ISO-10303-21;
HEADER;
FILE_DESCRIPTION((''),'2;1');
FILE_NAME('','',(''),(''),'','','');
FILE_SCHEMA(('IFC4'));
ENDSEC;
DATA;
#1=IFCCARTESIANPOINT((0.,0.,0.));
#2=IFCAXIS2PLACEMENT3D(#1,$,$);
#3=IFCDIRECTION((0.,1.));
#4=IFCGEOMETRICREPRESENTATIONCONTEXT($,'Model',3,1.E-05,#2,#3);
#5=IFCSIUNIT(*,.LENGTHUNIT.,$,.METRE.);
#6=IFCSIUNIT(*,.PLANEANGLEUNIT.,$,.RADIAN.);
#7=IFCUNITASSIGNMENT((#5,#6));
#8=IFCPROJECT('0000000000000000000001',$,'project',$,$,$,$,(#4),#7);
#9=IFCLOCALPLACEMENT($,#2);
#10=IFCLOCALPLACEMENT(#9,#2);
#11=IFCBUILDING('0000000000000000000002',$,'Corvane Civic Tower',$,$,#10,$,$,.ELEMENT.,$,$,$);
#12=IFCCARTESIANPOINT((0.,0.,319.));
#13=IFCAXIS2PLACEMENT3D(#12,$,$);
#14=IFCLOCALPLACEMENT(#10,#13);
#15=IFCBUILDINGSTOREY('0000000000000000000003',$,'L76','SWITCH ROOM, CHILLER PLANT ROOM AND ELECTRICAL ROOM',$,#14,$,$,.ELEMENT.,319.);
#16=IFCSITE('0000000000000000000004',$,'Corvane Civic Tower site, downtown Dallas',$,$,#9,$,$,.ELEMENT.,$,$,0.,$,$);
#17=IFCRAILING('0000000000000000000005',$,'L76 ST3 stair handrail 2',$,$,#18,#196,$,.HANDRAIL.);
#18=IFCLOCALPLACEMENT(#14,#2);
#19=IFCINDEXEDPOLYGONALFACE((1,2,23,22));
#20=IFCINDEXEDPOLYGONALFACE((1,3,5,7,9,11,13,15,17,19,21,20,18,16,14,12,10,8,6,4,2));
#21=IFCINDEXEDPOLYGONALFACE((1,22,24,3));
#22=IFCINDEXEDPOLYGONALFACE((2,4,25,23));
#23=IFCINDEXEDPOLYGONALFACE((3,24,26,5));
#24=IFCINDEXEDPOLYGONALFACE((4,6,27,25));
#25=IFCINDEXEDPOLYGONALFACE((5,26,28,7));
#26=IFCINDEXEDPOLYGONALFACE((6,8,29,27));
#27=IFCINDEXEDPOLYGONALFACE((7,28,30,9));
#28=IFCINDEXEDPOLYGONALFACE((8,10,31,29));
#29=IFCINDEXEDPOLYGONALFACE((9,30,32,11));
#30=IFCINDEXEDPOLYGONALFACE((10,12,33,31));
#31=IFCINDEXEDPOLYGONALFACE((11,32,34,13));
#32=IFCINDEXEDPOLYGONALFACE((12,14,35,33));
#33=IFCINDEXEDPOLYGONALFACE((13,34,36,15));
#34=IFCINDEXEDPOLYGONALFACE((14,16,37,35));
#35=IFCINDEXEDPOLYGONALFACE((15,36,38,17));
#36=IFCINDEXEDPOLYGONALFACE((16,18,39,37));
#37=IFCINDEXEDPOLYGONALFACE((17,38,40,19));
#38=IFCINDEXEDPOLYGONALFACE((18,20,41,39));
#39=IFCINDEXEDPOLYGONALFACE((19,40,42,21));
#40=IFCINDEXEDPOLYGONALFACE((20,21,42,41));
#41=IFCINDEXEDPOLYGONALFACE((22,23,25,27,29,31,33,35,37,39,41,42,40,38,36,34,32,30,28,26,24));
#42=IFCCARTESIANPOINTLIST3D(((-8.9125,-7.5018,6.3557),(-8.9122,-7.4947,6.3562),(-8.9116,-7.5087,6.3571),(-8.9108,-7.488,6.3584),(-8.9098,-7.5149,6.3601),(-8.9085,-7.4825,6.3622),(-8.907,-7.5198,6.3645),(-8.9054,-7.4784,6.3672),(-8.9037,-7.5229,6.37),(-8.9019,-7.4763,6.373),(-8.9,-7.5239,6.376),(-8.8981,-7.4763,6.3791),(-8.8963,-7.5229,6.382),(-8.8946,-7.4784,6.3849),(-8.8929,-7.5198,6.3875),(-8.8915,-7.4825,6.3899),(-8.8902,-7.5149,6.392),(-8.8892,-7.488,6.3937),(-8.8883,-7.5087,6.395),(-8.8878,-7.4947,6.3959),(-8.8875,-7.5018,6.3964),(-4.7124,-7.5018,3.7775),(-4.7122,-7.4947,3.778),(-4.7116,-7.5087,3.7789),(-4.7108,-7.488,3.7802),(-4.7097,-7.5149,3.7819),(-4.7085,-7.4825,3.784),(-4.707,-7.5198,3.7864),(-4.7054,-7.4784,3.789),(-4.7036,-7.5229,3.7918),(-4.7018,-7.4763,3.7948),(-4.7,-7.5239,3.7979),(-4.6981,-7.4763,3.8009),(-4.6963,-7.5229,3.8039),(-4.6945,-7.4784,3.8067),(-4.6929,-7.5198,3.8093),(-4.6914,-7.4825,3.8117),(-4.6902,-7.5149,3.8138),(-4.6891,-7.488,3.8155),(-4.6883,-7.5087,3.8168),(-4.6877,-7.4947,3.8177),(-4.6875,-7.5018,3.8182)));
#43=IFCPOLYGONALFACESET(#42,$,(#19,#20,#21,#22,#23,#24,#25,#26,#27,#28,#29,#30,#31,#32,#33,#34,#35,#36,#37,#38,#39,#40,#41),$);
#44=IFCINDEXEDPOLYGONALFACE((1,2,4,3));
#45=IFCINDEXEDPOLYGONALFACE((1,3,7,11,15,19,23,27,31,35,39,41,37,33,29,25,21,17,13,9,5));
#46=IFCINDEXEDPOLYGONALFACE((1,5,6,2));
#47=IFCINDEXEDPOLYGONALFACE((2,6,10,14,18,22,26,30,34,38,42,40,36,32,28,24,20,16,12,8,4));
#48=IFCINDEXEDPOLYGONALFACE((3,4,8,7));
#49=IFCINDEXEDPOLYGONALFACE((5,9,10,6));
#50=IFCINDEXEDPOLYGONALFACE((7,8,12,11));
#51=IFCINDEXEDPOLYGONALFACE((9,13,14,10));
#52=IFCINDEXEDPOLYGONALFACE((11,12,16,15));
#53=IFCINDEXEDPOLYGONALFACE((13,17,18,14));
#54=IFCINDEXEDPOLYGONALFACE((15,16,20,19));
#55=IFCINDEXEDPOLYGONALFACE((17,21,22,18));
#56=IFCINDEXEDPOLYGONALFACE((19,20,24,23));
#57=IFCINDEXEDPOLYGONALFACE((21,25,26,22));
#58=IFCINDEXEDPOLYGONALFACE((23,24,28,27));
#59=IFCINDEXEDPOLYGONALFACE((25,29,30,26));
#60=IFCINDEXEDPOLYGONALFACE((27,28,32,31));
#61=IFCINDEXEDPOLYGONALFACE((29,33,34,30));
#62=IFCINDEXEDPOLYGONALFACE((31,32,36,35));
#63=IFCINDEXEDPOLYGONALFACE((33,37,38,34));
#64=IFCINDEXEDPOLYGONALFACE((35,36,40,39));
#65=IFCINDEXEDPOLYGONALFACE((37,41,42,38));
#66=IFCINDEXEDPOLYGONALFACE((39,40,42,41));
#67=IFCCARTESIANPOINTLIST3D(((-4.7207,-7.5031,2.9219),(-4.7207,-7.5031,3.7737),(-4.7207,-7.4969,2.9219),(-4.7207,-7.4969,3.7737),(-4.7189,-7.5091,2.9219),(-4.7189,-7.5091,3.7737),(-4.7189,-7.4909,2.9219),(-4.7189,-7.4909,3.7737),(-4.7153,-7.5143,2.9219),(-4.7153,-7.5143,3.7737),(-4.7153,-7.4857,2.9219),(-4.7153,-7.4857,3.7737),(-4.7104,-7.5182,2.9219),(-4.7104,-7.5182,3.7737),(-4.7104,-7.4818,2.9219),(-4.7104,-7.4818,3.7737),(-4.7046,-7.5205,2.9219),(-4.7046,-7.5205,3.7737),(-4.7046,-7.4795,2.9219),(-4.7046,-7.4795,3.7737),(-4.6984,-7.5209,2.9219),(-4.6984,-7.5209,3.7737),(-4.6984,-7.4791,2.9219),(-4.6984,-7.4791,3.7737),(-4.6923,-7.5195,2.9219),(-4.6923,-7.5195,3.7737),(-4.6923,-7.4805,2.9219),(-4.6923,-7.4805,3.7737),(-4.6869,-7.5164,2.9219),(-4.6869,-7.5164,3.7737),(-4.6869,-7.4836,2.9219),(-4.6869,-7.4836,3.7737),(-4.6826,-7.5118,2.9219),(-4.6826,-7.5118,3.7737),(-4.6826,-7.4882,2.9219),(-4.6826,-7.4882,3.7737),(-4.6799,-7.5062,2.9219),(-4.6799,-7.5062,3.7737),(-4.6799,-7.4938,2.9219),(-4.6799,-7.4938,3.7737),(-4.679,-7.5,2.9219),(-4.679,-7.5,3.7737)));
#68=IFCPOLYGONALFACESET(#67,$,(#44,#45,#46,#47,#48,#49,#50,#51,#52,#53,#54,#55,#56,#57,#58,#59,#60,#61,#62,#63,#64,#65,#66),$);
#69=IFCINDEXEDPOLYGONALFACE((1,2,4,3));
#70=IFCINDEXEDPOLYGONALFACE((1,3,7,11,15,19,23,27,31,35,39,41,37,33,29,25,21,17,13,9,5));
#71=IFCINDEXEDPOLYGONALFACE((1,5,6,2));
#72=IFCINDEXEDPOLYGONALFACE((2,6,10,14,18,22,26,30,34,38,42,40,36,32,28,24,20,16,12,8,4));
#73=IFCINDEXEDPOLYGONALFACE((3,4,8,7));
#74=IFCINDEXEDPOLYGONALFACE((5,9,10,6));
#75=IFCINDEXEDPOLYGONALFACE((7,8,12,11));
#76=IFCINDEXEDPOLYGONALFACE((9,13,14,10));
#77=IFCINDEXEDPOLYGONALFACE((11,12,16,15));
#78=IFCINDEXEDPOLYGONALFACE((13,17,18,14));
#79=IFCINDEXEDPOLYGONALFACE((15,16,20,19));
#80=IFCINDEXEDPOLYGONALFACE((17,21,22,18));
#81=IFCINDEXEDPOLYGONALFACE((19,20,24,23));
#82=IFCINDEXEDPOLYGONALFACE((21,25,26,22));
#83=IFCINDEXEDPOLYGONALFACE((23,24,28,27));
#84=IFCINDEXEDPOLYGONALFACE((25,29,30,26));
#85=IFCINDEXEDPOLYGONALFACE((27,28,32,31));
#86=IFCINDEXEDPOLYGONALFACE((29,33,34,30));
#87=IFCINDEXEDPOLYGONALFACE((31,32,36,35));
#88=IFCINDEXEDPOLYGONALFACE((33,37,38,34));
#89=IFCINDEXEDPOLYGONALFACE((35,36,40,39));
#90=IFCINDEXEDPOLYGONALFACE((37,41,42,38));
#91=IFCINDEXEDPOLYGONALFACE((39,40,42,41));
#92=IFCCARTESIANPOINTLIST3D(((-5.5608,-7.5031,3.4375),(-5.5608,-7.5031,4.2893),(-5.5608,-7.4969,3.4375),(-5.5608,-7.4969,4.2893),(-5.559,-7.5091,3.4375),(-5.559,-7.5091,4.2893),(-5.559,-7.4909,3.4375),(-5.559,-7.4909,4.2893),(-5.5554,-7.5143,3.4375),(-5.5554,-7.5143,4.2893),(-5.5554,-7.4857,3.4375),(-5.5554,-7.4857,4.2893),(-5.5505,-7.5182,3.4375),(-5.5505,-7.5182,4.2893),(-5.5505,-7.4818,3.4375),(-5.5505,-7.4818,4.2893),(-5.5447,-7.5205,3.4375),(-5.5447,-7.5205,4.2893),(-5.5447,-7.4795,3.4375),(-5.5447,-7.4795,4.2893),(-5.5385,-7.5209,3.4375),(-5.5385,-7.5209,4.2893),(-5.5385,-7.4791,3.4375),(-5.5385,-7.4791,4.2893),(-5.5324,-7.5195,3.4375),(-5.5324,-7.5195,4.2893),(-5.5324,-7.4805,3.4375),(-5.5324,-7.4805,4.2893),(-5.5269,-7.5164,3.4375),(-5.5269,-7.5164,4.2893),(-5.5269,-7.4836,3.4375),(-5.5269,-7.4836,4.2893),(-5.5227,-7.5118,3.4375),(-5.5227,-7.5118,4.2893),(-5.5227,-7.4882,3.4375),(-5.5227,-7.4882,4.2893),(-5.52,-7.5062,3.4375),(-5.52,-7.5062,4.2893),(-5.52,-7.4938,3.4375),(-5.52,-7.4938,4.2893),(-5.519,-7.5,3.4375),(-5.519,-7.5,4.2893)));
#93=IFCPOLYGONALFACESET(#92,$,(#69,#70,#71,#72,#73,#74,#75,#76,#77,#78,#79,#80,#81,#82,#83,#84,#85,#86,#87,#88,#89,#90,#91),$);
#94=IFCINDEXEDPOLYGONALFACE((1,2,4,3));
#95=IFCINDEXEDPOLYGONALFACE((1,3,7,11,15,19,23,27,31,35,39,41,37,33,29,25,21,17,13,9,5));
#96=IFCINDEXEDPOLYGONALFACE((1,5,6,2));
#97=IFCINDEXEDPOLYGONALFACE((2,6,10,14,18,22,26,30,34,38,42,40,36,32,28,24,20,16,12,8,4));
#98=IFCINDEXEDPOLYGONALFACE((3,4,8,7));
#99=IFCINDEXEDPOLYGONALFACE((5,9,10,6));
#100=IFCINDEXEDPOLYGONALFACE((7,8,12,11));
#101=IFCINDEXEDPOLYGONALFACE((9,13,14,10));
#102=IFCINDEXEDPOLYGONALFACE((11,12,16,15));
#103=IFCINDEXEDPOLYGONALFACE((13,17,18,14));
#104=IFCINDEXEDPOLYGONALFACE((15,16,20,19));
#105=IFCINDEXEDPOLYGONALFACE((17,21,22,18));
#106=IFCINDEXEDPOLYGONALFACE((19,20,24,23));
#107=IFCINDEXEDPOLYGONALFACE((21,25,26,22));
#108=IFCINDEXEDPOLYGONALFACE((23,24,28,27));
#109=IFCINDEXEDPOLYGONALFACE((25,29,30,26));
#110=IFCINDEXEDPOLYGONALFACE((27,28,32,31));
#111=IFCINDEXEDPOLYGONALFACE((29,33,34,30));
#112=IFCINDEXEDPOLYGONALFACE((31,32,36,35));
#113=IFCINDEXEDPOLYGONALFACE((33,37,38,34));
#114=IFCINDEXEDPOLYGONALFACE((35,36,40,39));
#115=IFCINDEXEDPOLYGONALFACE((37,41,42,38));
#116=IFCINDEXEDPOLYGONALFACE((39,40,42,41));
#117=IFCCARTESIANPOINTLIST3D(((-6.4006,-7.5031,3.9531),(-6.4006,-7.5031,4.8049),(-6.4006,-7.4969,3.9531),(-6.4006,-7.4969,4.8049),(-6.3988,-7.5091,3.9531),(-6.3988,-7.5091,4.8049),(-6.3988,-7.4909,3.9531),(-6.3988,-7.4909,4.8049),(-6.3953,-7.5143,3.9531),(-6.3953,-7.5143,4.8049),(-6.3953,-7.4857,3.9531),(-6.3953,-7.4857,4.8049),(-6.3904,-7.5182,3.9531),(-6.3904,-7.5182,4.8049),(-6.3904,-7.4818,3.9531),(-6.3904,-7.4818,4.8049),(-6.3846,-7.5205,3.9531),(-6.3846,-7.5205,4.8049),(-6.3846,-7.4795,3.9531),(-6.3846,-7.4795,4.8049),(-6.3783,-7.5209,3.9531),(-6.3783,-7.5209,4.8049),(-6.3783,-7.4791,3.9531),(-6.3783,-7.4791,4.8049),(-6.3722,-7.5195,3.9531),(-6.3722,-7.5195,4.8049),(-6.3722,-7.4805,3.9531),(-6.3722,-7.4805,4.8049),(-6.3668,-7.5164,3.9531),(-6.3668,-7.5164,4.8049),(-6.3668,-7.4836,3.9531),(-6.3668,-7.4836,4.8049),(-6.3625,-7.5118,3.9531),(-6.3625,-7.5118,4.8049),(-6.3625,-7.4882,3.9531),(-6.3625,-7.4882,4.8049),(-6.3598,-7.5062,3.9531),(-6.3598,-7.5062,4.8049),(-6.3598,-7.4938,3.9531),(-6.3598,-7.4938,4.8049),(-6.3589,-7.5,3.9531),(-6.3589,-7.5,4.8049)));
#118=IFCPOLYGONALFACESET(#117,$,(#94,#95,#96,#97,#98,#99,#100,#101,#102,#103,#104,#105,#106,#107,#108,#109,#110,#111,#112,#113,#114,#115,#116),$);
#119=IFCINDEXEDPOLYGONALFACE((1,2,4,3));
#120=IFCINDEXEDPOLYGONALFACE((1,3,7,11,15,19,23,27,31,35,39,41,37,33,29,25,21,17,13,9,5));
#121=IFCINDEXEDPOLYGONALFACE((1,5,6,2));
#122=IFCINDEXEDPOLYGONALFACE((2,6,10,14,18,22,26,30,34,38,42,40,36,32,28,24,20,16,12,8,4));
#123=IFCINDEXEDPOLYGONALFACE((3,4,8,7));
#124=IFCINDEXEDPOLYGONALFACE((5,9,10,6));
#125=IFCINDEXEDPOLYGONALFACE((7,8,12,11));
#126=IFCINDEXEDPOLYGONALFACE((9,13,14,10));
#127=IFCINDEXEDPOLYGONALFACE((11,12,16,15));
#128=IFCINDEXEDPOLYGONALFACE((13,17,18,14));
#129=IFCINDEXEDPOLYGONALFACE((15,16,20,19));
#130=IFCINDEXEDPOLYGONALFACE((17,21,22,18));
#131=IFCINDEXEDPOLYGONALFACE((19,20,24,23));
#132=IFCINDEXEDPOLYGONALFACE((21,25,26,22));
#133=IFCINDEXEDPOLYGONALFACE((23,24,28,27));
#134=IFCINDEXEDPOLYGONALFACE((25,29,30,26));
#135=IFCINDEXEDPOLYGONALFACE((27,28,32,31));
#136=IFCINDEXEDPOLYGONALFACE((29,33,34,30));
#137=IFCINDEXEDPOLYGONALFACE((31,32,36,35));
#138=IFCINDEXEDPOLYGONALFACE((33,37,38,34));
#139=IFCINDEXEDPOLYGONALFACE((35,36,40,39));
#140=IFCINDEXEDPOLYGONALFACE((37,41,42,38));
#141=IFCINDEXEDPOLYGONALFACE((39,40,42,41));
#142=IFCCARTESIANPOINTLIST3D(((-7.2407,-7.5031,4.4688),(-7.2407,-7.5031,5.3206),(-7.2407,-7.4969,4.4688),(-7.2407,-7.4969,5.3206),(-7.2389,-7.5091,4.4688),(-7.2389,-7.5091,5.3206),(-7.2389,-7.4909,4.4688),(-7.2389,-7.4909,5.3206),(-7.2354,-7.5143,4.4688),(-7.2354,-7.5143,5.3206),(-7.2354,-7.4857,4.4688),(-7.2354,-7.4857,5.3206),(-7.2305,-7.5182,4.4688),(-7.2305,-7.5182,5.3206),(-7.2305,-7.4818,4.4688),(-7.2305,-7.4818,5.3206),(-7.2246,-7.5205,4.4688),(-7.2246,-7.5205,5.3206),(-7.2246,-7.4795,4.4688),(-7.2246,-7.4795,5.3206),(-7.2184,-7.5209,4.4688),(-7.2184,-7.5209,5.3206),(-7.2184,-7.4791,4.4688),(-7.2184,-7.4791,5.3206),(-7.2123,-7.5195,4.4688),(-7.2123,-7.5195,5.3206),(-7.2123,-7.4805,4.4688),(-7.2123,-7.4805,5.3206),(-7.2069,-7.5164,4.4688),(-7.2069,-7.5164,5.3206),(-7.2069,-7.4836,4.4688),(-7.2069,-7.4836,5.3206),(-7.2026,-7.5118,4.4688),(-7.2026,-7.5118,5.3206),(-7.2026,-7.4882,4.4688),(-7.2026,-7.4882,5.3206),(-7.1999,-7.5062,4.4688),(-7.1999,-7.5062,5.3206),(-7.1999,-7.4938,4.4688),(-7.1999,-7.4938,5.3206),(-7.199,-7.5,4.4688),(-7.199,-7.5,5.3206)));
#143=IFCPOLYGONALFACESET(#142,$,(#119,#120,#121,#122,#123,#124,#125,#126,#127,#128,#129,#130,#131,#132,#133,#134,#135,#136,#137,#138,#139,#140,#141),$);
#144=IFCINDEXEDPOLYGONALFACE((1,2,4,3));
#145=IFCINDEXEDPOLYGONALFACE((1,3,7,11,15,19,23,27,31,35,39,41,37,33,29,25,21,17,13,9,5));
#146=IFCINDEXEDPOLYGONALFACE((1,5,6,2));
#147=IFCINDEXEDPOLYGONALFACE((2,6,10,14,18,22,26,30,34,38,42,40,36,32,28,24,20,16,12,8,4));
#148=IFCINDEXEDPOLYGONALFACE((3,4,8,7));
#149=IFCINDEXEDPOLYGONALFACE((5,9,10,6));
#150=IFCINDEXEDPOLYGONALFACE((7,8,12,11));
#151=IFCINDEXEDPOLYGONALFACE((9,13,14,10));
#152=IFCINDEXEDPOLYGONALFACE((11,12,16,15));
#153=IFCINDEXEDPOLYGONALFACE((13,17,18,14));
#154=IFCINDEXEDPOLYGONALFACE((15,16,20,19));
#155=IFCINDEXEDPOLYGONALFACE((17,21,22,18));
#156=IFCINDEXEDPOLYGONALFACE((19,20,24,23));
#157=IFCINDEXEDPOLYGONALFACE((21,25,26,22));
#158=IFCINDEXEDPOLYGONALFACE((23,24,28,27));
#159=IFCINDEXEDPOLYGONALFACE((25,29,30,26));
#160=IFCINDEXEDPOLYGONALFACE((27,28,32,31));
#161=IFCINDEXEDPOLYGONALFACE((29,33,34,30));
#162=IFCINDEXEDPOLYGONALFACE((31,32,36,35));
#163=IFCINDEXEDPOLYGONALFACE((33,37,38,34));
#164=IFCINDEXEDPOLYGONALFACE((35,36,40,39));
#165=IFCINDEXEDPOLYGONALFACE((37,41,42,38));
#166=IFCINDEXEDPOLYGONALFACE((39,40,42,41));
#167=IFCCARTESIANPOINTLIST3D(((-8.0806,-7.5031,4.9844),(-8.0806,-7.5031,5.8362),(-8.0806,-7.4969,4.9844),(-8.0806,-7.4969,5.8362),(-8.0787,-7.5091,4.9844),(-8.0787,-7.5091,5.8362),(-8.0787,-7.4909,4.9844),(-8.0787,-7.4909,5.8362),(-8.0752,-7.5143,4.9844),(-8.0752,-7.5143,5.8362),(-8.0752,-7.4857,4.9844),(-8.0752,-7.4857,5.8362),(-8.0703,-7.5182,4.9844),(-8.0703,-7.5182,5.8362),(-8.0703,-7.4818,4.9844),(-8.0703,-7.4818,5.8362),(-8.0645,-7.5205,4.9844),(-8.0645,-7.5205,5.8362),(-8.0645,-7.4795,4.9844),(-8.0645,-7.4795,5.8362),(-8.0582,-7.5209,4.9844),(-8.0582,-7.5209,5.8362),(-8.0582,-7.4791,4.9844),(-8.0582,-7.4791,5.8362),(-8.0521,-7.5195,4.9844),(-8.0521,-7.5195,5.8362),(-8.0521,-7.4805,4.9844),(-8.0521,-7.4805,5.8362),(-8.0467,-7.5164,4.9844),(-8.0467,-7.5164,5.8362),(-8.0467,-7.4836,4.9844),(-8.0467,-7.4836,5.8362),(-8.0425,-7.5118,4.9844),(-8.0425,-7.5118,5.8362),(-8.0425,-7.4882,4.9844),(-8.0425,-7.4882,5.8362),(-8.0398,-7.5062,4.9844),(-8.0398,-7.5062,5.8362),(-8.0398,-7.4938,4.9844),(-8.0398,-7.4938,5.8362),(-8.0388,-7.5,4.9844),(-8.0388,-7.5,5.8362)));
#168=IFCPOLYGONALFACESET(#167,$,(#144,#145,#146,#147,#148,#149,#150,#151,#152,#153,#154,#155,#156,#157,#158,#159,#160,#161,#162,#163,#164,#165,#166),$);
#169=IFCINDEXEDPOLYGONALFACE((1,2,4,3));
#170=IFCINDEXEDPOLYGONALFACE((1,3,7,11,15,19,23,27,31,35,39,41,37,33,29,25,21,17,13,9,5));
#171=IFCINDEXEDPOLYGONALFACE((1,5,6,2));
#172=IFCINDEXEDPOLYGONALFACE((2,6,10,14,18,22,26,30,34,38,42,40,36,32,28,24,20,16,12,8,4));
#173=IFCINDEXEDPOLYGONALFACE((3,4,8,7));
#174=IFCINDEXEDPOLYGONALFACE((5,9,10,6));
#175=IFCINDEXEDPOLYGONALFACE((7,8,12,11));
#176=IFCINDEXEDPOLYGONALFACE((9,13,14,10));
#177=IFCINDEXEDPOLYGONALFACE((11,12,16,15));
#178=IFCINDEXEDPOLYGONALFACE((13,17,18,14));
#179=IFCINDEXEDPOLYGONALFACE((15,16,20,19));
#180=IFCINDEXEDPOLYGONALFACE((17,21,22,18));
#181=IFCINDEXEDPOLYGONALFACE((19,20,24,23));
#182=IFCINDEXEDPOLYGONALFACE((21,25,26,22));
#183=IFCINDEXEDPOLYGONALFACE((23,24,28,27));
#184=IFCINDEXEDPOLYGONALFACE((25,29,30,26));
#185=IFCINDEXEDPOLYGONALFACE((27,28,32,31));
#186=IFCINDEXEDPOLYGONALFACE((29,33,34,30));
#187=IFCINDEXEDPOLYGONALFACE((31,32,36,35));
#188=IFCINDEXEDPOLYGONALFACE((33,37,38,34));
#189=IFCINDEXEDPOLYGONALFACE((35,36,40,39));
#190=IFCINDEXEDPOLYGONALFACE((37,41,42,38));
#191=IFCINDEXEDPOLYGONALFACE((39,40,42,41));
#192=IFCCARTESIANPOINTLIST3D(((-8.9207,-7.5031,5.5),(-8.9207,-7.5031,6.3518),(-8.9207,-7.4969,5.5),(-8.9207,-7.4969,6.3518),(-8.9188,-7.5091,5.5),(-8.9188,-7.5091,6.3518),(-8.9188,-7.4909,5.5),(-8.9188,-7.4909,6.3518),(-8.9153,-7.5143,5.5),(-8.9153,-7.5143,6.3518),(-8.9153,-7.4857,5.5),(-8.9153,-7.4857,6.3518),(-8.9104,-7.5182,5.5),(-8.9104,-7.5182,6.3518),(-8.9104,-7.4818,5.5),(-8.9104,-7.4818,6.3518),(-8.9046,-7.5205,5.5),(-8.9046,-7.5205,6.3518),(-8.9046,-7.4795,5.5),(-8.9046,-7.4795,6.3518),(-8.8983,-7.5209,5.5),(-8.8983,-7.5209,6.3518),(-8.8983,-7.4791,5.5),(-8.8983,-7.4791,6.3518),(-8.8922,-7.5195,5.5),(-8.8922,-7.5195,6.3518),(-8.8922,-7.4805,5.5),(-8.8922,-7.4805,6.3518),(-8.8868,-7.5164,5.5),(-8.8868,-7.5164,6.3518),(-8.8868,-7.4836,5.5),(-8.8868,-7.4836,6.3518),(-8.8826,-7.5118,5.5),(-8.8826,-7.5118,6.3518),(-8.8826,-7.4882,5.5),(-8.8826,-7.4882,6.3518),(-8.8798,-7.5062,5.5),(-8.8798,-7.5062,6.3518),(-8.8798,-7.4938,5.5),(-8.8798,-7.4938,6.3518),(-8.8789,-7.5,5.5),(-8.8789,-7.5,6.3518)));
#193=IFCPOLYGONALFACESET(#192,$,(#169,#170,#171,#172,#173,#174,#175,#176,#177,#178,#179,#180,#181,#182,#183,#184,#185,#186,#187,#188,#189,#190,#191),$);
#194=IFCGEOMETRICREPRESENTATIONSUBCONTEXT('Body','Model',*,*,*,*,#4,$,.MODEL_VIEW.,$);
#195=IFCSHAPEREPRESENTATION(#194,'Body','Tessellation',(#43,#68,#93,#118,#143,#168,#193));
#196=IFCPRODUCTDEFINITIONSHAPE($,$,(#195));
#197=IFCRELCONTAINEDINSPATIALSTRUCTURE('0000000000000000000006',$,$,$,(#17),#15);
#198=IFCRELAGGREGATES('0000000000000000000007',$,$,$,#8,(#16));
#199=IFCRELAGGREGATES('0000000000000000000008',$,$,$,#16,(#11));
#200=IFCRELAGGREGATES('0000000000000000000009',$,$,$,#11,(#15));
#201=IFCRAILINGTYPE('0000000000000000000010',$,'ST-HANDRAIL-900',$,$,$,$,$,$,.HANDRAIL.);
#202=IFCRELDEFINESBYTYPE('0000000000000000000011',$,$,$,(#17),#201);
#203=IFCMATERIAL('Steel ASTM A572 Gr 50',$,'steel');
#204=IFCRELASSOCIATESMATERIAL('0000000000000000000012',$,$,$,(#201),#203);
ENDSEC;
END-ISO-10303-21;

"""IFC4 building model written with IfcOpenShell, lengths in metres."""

from ifc_helpers import new_model, si_unit, direction, frame, origin, origin_2d, place, context, subcontext, project, spatial, circle, extrude, material, type_object, element, save


model = new_model("IFC4")

# Units and contexts
model_context = context("Model", 3, precision=1e-05, world=origin(), true_north=direction((0.0, 1.0)))
body_context = subcontext(model_context, "Body", "Model", "MODEL_VIEW")
ifc_project = project(units=[si_unit("LENGTHUNIT", "METRE"), si_unit("PLANEANGLEUNIT", "RADIAN")], contexts=[model_context])

# Site, building, storey
site_placement = place(None, origin())
site = spatial("IfcSite", under=ifc_project, at=site_placement, Name="Corvane Civic Tower site, downtown Dallas", CompositionType="ELEMENT", RefElevation=0.0)
building_placement = place(site_placement, origin())
building = spatial("IfcBuilding", under=site, at=building_placement, Name="Corvane Civic Tower", CompositionType="ELEMENT")
storey_placement = place(building_placement, frame((0.0, 0.0, 319.0)))
storey = spatial("IfcBuildingStorey", under=building, at=storey_placement, Name="L76", Description="SWITCH ROOM, CHILLER PLANT ROOM AND ELECTRICAL ROOM", CompositionType="ELEMENT", Elevation=319.0)

# Railing
ifc_material_1 = material(Name="Steel ASTM A572 Gr 50", Category="steel")
railing_type_1 = type_object("IfcRailingType", Name="ST-HANDRAIL-900", PredefinedType="HANDRAIL", material=ifc_material_1)
railing_1_placement = place(storey_placement, frame((-4.7, -7.5, 2.9219)))
element("IfcRailing", 1, at=railing_1_placement, inside=storey, type_object=railing_type_1, Name="L76 ST3 stair handrail 2", PredefinedType="HANDRAIL", context=body_context, shape_type="SweptSolid", body=[
    extrude(circle(Radius=0.0239, at=origin_2d()), frame((0.0, 0.0, 0.876), z_axis=(-0.852243, 0.0, 0.523146), x_axis=(0.0, -1.0, 0.0)), (0.0, 0.0, 1.0), 4.9282),
    extrude(circle(Radius=0.021, at=origin_2d()), origin(), (0.0, 0.0, 1.0), 0.8518),
    extrude(circle(Radius=0.021, at=origin_2d()), frame((-0.8401, 0.0, 0.5156)), (0.0, 0.0, 1.0), 0.8518),
    extrude(circle(Radius=0.021, at=origin_2d()), frame((-1.6799, 0.0, 1.0312)), (0.0, 0.0, 1.0), 0.8518),
    extrude(circle(Radius=0.021, at=origin_2d()), frame((-2.52, 0.0, 1.5469)), (0.0, 0.0, 1.0), 0.8518),
    extrude(circle(Radius=0.021, at=origin_2d()), frame((-3.3599, 0.0, 2.0625)), (0.0, 0.0, 1.0), 0.8518),
    extrude(circle(Radius=0.021, at=origin_2d()), frame((-4.2, 0.0, 2.5781)), (0.0, 0.0, 1.0), 0.8518),
])

save(model, "model.ifc")
